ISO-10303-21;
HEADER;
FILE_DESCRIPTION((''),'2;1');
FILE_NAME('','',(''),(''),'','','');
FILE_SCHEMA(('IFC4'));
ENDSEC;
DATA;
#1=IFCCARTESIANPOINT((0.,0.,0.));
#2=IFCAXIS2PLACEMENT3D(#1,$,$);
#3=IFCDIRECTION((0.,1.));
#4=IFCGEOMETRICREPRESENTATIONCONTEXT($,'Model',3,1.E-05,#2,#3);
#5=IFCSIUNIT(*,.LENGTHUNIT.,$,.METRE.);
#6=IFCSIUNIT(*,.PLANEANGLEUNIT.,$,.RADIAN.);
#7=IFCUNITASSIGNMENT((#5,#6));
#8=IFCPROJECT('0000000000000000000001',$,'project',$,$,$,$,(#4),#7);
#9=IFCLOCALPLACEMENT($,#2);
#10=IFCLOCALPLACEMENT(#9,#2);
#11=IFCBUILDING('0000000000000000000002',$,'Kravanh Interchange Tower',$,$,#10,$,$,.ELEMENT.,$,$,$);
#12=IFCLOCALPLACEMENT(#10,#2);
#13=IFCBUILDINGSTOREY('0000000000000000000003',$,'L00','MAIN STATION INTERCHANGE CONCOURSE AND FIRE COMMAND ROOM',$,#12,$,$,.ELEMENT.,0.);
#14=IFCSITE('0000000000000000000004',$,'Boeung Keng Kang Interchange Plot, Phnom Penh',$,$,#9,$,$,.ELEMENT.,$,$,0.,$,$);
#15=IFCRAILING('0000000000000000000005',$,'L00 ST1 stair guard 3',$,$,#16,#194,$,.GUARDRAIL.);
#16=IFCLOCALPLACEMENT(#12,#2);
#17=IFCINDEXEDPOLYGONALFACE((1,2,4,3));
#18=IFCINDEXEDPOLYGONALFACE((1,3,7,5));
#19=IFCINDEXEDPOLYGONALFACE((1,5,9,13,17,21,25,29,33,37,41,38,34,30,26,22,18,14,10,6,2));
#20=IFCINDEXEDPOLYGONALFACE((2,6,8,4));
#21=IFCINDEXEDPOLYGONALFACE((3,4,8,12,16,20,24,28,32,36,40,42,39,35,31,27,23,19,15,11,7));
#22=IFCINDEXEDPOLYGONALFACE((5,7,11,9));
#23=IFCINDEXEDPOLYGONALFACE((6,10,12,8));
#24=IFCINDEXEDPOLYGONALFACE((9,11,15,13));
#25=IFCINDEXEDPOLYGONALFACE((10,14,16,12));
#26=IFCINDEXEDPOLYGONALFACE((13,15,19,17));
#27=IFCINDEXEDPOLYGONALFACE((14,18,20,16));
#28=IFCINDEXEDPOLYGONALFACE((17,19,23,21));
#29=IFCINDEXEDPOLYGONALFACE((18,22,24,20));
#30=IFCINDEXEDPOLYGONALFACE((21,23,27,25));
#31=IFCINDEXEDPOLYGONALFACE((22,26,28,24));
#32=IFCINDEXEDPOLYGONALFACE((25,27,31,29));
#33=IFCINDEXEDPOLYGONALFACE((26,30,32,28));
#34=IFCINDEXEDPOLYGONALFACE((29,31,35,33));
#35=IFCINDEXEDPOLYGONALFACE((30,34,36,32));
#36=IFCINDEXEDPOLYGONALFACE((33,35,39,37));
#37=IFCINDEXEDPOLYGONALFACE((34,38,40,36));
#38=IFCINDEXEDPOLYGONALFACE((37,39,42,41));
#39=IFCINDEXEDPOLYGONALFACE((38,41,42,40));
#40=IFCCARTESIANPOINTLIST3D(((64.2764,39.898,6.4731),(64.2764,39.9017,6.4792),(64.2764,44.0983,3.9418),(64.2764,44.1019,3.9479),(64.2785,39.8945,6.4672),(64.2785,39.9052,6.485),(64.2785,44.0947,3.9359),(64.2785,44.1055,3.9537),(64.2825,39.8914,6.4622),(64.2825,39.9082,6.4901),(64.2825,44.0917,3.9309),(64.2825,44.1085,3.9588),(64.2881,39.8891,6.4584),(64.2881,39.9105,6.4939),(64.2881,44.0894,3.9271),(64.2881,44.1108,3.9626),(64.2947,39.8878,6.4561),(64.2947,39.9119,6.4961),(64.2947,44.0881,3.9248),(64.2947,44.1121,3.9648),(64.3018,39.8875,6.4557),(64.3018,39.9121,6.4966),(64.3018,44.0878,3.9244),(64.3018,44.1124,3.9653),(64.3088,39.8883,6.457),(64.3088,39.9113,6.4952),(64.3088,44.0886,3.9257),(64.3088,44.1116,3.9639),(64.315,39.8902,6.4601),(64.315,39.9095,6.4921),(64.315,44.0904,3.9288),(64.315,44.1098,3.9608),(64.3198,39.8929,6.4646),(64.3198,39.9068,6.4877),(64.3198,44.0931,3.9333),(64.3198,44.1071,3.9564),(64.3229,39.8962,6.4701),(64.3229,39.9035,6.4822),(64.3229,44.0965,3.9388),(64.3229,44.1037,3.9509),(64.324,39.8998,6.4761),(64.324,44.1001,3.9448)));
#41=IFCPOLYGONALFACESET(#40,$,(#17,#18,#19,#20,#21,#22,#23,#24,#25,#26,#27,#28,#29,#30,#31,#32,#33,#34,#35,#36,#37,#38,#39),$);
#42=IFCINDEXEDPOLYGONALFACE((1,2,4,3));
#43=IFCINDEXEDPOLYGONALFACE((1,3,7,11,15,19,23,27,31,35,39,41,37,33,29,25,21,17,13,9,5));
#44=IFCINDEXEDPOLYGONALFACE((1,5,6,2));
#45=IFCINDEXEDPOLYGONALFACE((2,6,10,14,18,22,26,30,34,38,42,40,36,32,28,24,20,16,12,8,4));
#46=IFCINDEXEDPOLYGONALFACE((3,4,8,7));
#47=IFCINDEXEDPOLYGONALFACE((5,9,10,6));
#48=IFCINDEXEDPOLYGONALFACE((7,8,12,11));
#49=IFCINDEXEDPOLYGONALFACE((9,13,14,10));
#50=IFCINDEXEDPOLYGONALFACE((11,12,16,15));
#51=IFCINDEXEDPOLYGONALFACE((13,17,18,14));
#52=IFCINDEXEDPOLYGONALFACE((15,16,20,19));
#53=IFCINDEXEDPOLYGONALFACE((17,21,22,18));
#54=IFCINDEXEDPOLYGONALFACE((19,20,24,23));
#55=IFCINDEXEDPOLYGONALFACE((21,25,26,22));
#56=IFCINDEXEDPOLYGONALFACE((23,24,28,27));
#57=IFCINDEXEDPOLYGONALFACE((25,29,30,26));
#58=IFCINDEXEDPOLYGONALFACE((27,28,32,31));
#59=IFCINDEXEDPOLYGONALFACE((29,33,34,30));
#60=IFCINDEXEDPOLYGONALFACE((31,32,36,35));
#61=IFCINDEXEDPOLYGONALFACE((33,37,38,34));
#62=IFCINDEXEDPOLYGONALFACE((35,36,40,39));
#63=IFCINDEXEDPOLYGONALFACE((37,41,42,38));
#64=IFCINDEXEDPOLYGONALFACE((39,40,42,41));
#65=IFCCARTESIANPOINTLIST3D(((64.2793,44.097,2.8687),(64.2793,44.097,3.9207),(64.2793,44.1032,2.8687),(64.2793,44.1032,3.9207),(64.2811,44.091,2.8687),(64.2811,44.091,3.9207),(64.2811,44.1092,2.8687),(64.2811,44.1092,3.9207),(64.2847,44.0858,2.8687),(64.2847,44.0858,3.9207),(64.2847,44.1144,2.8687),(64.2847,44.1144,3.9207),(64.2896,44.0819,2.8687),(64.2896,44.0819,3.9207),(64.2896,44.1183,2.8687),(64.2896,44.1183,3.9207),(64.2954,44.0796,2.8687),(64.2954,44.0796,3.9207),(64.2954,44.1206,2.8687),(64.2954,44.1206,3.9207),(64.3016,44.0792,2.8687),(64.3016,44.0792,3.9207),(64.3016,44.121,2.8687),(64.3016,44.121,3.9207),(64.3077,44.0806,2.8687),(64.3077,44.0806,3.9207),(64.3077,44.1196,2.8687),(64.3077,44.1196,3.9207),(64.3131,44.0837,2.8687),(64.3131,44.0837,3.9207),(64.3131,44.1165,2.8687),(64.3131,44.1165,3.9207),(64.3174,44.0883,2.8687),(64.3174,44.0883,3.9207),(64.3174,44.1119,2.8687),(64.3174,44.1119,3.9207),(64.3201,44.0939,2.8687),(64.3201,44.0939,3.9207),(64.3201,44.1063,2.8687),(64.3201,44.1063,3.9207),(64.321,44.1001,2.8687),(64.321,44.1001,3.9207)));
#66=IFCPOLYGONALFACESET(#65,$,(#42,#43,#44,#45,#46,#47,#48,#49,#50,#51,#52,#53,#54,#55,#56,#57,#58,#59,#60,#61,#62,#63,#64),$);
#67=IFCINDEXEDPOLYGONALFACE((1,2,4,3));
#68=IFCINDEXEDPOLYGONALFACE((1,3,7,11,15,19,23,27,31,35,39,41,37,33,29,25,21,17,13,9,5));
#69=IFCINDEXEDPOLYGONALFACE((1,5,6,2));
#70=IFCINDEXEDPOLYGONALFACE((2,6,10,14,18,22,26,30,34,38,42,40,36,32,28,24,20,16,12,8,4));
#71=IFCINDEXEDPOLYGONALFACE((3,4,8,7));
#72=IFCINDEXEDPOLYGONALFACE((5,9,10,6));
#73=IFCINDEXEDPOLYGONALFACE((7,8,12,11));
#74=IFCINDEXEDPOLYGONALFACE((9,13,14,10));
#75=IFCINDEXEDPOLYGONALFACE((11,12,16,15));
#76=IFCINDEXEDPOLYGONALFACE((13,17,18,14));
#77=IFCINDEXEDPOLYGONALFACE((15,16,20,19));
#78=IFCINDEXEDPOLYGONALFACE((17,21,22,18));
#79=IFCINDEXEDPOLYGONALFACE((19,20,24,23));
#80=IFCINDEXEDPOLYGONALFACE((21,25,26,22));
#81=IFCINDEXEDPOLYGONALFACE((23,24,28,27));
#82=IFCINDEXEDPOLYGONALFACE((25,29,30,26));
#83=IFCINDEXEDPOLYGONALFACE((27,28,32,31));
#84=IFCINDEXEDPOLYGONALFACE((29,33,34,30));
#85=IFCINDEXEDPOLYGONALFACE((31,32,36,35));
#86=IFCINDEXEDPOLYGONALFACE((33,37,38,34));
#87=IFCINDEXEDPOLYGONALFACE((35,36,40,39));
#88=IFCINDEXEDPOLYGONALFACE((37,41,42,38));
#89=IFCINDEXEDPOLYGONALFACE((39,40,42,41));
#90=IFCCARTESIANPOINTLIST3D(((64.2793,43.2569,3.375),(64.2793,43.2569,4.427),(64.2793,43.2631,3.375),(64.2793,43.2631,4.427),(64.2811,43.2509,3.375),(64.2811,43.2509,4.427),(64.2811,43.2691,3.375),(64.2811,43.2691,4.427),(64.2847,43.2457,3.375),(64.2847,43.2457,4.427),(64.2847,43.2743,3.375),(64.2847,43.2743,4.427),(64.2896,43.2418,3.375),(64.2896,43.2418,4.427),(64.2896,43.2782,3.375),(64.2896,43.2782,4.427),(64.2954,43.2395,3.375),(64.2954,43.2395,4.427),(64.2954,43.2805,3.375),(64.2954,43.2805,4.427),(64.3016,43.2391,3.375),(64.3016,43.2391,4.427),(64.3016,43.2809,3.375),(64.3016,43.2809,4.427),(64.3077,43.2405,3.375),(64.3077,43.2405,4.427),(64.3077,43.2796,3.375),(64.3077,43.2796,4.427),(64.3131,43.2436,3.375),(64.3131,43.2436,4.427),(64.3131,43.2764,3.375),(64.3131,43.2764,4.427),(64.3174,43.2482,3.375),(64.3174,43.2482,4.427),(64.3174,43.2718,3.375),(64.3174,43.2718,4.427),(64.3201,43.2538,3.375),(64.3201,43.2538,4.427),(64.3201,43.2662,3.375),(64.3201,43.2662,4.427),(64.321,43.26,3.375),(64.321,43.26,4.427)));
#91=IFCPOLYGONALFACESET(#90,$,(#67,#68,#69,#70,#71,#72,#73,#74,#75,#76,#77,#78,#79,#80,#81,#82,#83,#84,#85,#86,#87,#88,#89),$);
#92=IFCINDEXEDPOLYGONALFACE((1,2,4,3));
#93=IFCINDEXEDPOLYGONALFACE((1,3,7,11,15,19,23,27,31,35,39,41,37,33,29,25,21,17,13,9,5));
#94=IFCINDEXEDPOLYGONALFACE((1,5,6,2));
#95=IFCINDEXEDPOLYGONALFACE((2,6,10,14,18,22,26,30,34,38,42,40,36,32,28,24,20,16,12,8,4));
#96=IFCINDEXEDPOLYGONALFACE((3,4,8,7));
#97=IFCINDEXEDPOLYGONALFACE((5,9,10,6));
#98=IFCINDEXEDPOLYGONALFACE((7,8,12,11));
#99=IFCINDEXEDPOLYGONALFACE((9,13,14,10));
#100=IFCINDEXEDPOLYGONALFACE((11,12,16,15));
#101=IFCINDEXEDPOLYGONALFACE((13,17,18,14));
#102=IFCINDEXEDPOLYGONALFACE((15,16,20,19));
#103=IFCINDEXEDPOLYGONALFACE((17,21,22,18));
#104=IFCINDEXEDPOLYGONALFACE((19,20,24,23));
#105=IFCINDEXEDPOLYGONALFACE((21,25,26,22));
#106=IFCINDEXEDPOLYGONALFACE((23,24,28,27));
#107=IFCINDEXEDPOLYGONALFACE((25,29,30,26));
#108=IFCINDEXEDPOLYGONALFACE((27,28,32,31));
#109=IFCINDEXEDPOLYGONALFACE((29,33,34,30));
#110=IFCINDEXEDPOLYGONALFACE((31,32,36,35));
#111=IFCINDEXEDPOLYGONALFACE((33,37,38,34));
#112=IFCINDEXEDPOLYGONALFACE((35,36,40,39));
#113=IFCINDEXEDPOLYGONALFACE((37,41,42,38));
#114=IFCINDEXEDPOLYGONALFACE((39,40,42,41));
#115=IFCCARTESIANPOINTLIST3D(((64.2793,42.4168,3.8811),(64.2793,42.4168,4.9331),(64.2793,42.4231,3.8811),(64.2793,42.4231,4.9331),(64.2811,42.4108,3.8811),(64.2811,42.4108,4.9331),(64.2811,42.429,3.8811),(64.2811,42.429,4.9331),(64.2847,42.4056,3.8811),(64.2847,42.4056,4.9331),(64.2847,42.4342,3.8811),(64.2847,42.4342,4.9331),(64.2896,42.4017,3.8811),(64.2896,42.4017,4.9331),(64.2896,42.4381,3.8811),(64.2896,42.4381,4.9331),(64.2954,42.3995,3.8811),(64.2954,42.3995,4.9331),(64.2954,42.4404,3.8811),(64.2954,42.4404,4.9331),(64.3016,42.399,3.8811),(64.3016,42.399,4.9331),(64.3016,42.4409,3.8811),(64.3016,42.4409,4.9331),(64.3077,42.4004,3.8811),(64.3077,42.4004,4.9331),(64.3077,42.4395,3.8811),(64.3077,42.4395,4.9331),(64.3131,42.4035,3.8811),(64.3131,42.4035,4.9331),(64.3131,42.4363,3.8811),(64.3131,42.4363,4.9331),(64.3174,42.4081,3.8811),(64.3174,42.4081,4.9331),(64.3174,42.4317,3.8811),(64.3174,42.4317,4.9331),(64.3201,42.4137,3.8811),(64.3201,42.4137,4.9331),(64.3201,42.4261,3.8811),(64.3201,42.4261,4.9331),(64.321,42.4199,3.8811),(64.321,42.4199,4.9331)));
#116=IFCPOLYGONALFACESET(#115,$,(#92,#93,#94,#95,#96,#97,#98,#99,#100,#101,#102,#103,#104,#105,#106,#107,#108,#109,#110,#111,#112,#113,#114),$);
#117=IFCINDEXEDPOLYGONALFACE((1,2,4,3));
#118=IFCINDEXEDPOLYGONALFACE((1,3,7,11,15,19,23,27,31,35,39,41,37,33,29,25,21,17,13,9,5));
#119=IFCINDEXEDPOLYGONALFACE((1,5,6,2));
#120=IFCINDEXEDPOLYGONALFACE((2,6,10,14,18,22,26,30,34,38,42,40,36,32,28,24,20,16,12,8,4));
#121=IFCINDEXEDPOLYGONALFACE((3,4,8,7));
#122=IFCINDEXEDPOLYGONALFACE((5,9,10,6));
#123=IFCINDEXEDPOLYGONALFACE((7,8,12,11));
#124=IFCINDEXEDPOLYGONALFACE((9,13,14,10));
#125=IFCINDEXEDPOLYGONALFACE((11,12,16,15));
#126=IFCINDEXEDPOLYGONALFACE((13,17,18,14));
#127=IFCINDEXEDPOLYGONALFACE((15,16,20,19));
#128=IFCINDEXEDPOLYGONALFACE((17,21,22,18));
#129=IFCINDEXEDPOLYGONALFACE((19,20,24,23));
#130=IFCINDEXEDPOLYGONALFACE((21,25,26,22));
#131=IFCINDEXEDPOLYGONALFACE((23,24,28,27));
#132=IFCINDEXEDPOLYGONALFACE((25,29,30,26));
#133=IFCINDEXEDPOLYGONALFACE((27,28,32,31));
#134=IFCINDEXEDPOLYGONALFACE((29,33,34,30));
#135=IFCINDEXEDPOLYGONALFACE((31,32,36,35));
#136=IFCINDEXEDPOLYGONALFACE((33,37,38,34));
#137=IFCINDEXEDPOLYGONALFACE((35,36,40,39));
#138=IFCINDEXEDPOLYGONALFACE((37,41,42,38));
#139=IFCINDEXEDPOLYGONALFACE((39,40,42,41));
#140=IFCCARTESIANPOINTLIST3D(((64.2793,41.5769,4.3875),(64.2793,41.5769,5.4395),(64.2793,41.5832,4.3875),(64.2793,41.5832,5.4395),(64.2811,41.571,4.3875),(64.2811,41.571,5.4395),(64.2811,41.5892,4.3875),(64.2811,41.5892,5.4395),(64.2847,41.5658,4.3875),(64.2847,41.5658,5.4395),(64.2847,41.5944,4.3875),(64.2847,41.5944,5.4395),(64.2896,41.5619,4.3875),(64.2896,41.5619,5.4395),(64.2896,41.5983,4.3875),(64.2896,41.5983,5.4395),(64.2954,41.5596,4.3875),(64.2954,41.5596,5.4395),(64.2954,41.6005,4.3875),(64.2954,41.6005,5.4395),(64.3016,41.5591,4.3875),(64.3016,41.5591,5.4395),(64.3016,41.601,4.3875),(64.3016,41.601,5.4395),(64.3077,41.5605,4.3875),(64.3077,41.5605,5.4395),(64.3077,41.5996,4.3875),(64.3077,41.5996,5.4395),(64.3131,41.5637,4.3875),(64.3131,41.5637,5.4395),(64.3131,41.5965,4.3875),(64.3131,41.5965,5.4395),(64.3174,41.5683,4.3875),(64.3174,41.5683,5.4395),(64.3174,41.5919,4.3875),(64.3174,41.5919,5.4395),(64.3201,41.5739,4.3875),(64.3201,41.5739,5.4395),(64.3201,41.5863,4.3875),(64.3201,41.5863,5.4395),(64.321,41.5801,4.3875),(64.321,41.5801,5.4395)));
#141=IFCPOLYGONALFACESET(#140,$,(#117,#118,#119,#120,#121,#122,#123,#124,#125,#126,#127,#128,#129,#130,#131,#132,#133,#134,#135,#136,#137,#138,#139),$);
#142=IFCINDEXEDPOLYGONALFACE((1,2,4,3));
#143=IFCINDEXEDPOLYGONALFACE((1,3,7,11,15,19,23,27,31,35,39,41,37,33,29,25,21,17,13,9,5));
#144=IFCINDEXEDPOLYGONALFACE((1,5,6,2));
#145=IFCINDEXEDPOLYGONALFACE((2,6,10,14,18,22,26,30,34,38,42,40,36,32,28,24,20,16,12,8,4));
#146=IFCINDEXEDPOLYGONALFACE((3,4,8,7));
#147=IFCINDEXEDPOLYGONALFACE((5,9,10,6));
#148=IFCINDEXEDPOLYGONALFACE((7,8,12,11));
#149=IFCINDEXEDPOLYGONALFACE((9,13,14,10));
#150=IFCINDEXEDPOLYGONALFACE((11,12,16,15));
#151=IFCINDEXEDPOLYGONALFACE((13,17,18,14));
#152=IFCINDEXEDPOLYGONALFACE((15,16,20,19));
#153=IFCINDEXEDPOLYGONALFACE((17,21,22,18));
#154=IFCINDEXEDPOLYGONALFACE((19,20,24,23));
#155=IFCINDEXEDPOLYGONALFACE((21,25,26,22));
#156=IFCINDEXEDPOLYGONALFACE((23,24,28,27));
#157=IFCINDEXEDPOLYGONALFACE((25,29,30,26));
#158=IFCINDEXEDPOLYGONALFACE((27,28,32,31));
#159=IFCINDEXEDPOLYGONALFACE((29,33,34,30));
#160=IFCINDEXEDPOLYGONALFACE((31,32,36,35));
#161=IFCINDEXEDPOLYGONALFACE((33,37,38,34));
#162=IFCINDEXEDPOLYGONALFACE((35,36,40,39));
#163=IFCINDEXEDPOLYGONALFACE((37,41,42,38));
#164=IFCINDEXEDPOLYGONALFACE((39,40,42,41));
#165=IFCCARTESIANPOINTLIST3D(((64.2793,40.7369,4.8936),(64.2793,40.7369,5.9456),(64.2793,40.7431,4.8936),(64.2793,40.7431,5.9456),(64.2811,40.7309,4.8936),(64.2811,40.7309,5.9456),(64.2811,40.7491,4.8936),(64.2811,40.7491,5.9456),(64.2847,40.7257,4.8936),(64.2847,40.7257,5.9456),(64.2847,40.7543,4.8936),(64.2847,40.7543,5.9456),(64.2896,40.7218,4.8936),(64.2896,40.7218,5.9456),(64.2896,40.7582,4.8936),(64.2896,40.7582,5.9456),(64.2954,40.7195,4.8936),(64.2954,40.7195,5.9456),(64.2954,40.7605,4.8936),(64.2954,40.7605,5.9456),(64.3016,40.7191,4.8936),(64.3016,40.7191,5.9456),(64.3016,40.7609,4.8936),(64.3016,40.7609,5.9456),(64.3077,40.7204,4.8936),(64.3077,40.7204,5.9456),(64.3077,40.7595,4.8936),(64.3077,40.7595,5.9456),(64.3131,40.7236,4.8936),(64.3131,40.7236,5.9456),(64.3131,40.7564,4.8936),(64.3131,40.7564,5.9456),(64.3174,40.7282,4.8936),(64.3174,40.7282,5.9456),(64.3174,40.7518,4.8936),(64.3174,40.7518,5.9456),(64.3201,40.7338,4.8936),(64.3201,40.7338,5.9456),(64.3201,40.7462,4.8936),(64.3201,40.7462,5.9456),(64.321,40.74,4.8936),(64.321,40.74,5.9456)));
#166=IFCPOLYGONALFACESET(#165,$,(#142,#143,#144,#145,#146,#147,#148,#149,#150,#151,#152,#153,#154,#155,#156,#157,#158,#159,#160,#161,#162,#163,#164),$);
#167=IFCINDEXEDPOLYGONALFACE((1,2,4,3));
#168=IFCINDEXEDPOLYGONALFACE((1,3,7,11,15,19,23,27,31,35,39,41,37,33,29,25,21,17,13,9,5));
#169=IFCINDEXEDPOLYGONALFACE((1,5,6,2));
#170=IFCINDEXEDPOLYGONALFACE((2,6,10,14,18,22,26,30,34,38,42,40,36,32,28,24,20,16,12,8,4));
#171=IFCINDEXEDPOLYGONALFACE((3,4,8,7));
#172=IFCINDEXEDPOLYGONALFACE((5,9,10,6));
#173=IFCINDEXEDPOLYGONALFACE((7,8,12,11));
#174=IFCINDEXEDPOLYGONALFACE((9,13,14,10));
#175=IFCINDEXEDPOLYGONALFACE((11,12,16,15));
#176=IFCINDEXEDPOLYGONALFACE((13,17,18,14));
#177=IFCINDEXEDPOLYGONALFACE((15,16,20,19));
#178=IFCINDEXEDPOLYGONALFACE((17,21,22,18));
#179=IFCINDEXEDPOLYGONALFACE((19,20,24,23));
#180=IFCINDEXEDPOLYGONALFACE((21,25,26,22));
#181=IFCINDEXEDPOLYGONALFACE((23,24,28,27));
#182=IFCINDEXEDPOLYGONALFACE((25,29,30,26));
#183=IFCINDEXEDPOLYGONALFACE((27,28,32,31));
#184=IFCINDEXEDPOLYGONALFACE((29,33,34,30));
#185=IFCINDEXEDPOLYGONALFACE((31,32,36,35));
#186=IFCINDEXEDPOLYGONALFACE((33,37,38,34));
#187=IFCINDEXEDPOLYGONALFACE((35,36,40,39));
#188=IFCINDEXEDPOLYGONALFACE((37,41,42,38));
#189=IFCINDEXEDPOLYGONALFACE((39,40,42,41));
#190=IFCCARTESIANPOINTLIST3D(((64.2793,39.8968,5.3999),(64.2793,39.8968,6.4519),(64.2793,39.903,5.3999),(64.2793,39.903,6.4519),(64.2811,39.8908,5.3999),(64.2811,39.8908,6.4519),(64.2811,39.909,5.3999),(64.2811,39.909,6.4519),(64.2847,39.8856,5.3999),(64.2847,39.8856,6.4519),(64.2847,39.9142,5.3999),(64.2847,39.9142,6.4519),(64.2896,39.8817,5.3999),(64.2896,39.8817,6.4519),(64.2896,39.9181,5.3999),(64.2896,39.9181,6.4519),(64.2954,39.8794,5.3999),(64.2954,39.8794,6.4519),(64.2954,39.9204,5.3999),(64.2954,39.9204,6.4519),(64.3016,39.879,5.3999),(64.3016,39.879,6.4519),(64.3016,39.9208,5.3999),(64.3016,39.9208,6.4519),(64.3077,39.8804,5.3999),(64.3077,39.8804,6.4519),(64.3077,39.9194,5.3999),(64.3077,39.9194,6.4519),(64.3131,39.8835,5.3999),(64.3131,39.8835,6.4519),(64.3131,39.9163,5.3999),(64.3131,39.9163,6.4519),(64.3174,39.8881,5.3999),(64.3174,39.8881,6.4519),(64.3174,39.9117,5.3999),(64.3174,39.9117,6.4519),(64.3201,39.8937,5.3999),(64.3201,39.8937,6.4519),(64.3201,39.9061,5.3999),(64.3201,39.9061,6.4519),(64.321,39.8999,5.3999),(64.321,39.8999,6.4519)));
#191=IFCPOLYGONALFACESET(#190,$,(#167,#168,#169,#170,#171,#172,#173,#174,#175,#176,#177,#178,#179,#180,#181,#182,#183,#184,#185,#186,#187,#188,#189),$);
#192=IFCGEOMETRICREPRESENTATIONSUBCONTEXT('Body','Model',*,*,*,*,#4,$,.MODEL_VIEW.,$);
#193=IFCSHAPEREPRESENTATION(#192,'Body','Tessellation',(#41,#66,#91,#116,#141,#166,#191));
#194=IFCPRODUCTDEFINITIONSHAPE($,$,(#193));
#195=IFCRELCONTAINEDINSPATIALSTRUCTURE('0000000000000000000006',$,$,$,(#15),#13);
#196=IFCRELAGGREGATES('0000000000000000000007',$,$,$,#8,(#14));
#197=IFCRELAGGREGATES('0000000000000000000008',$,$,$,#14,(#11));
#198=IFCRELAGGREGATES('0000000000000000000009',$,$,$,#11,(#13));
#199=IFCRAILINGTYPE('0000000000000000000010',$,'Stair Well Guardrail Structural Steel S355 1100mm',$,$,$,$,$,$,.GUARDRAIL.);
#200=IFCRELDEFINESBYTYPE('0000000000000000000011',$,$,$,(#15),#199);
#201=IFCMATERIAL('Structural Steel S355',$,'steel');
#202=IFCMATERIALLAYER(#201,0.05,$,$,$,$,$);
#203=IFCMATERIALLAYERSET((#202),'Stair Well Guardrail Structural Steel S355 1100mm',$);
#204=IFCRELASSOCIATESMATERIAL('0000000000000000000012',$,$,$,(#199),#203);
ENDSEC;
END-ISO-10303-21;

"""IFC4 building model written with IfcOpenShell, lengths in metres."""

from ifc_helpers import new_model, si_unit, direction, frame, origin, origin_2d, place, context, subcontext, project, spatial, circle, extrude, material, layer, layer_set, type_object, element, save


model = new_model("IFC4")

# Units and contexts
model_context = context("Model", 3, precision=1e-05, world=origin(), true_north=direction((0.0, 1.0)))
body_context = subcontext(model_context, "Body", "Model", "MODEL_VIEW")
ifc_project = project(units=[si_unit("LENGTHUNIT", "METRE"), si_unit("PLANEANGLEUNIT", "RADIAN")], contexts=[model_context])

# Site, building, storey
site_placement = place(None, origin())
site = spatial("IfcSite", under=ifc_project, at=site_placement, Name="Boeung Keng Kang Interchange Plot, Phnom Penh", CompositionType="ELEMENT", RefElevation=0.0)
building_placement = place(site_placement, origin())
building = spatial("IfcBuilding", under=site, at=building_placement, Name="Kravanh Interchange Tower", CompositionType="ELEMENT")
storey_placement = place(building_placement, origin())
storey = spatial("IfcBuildingStorey", under=building, at=storey_placement, Name="L00", Description="MAIN STATION INTERCHANGE CONCOURSE AND FIRE COMMAND ROOM", CompositionType="ELEMENT", Elevation=0.0)

# Railing
ifc_material_1 = material(Name="Structural Steel S355", Category="steel")
ifc_layer_1 = layer(ifc_material_1, 0.05)
ifc_layer_set_1 = layer_set([ifc_layer_1], Name="Stair Well Guardrail Structural Steel S355 1100mm")
railing_type_1 = type_object("IfcRailingType", Name="Stair Well Guardrail Structural Steel S355 1100mm", PredefinedType="GUARDRAIL", material=ifc_layer_set_1)
railing_1_placement = place(storey_placement, frame((64.3, 44.1001, 2.8687)))
element("IfcRailing", 1, at=railing_1_placement, inside=storey, type_object=railing_type_1, Name="L00 ST1 stair guard 3", PredefinedType="GUARDRAIL", context=body_context, shape_type="SweptSolid", body=[
    extrude(circle(Radius=0.0239, at=origin_2d()), frame((0.0, 0.0, 1.0762), z_axis=(0.0, -0.85649, 0.516164), x_axis=(1.0, 0.0, 0.0)), (0.0, 0.0, 1.0), 4.9041),
    extrude(circle(Radius=0.021, at=origin_2d()), origin(), (0.0, 0.0, 1.0), 1.052),
    extrude(circle(Radius=0.021, at=origin_2d()), frame((0.0, -0.8401, 0.5063)), (0.0, 0.0, 1.0), 1.052),
    extrude(circle(Radius=0.021, at=origin_2d()), frame((0.0, -1.6802, 1.0125)), (0.0, 0.0, 1.0), 1.052),
    extrude(circle(Radius=0.021, at=origin_2d()), frame((0.0, -2.52, 1.5188)), (0.0, 0.0, 1.0), 1.052),
    extrude(circle(Radius=0.021, at=origin_2d()), frame((0.0, -3.3601, 2.0249)), (0.0, 0.0, 1.0), 1.052),
    extrude(circle(Radius=0.021, at=origin_2d()), frame((0.0, -4.2002, 2.5312)), (0.0, 0.0, 1.0), 1.052),
])

save(model, "model.ifc")
